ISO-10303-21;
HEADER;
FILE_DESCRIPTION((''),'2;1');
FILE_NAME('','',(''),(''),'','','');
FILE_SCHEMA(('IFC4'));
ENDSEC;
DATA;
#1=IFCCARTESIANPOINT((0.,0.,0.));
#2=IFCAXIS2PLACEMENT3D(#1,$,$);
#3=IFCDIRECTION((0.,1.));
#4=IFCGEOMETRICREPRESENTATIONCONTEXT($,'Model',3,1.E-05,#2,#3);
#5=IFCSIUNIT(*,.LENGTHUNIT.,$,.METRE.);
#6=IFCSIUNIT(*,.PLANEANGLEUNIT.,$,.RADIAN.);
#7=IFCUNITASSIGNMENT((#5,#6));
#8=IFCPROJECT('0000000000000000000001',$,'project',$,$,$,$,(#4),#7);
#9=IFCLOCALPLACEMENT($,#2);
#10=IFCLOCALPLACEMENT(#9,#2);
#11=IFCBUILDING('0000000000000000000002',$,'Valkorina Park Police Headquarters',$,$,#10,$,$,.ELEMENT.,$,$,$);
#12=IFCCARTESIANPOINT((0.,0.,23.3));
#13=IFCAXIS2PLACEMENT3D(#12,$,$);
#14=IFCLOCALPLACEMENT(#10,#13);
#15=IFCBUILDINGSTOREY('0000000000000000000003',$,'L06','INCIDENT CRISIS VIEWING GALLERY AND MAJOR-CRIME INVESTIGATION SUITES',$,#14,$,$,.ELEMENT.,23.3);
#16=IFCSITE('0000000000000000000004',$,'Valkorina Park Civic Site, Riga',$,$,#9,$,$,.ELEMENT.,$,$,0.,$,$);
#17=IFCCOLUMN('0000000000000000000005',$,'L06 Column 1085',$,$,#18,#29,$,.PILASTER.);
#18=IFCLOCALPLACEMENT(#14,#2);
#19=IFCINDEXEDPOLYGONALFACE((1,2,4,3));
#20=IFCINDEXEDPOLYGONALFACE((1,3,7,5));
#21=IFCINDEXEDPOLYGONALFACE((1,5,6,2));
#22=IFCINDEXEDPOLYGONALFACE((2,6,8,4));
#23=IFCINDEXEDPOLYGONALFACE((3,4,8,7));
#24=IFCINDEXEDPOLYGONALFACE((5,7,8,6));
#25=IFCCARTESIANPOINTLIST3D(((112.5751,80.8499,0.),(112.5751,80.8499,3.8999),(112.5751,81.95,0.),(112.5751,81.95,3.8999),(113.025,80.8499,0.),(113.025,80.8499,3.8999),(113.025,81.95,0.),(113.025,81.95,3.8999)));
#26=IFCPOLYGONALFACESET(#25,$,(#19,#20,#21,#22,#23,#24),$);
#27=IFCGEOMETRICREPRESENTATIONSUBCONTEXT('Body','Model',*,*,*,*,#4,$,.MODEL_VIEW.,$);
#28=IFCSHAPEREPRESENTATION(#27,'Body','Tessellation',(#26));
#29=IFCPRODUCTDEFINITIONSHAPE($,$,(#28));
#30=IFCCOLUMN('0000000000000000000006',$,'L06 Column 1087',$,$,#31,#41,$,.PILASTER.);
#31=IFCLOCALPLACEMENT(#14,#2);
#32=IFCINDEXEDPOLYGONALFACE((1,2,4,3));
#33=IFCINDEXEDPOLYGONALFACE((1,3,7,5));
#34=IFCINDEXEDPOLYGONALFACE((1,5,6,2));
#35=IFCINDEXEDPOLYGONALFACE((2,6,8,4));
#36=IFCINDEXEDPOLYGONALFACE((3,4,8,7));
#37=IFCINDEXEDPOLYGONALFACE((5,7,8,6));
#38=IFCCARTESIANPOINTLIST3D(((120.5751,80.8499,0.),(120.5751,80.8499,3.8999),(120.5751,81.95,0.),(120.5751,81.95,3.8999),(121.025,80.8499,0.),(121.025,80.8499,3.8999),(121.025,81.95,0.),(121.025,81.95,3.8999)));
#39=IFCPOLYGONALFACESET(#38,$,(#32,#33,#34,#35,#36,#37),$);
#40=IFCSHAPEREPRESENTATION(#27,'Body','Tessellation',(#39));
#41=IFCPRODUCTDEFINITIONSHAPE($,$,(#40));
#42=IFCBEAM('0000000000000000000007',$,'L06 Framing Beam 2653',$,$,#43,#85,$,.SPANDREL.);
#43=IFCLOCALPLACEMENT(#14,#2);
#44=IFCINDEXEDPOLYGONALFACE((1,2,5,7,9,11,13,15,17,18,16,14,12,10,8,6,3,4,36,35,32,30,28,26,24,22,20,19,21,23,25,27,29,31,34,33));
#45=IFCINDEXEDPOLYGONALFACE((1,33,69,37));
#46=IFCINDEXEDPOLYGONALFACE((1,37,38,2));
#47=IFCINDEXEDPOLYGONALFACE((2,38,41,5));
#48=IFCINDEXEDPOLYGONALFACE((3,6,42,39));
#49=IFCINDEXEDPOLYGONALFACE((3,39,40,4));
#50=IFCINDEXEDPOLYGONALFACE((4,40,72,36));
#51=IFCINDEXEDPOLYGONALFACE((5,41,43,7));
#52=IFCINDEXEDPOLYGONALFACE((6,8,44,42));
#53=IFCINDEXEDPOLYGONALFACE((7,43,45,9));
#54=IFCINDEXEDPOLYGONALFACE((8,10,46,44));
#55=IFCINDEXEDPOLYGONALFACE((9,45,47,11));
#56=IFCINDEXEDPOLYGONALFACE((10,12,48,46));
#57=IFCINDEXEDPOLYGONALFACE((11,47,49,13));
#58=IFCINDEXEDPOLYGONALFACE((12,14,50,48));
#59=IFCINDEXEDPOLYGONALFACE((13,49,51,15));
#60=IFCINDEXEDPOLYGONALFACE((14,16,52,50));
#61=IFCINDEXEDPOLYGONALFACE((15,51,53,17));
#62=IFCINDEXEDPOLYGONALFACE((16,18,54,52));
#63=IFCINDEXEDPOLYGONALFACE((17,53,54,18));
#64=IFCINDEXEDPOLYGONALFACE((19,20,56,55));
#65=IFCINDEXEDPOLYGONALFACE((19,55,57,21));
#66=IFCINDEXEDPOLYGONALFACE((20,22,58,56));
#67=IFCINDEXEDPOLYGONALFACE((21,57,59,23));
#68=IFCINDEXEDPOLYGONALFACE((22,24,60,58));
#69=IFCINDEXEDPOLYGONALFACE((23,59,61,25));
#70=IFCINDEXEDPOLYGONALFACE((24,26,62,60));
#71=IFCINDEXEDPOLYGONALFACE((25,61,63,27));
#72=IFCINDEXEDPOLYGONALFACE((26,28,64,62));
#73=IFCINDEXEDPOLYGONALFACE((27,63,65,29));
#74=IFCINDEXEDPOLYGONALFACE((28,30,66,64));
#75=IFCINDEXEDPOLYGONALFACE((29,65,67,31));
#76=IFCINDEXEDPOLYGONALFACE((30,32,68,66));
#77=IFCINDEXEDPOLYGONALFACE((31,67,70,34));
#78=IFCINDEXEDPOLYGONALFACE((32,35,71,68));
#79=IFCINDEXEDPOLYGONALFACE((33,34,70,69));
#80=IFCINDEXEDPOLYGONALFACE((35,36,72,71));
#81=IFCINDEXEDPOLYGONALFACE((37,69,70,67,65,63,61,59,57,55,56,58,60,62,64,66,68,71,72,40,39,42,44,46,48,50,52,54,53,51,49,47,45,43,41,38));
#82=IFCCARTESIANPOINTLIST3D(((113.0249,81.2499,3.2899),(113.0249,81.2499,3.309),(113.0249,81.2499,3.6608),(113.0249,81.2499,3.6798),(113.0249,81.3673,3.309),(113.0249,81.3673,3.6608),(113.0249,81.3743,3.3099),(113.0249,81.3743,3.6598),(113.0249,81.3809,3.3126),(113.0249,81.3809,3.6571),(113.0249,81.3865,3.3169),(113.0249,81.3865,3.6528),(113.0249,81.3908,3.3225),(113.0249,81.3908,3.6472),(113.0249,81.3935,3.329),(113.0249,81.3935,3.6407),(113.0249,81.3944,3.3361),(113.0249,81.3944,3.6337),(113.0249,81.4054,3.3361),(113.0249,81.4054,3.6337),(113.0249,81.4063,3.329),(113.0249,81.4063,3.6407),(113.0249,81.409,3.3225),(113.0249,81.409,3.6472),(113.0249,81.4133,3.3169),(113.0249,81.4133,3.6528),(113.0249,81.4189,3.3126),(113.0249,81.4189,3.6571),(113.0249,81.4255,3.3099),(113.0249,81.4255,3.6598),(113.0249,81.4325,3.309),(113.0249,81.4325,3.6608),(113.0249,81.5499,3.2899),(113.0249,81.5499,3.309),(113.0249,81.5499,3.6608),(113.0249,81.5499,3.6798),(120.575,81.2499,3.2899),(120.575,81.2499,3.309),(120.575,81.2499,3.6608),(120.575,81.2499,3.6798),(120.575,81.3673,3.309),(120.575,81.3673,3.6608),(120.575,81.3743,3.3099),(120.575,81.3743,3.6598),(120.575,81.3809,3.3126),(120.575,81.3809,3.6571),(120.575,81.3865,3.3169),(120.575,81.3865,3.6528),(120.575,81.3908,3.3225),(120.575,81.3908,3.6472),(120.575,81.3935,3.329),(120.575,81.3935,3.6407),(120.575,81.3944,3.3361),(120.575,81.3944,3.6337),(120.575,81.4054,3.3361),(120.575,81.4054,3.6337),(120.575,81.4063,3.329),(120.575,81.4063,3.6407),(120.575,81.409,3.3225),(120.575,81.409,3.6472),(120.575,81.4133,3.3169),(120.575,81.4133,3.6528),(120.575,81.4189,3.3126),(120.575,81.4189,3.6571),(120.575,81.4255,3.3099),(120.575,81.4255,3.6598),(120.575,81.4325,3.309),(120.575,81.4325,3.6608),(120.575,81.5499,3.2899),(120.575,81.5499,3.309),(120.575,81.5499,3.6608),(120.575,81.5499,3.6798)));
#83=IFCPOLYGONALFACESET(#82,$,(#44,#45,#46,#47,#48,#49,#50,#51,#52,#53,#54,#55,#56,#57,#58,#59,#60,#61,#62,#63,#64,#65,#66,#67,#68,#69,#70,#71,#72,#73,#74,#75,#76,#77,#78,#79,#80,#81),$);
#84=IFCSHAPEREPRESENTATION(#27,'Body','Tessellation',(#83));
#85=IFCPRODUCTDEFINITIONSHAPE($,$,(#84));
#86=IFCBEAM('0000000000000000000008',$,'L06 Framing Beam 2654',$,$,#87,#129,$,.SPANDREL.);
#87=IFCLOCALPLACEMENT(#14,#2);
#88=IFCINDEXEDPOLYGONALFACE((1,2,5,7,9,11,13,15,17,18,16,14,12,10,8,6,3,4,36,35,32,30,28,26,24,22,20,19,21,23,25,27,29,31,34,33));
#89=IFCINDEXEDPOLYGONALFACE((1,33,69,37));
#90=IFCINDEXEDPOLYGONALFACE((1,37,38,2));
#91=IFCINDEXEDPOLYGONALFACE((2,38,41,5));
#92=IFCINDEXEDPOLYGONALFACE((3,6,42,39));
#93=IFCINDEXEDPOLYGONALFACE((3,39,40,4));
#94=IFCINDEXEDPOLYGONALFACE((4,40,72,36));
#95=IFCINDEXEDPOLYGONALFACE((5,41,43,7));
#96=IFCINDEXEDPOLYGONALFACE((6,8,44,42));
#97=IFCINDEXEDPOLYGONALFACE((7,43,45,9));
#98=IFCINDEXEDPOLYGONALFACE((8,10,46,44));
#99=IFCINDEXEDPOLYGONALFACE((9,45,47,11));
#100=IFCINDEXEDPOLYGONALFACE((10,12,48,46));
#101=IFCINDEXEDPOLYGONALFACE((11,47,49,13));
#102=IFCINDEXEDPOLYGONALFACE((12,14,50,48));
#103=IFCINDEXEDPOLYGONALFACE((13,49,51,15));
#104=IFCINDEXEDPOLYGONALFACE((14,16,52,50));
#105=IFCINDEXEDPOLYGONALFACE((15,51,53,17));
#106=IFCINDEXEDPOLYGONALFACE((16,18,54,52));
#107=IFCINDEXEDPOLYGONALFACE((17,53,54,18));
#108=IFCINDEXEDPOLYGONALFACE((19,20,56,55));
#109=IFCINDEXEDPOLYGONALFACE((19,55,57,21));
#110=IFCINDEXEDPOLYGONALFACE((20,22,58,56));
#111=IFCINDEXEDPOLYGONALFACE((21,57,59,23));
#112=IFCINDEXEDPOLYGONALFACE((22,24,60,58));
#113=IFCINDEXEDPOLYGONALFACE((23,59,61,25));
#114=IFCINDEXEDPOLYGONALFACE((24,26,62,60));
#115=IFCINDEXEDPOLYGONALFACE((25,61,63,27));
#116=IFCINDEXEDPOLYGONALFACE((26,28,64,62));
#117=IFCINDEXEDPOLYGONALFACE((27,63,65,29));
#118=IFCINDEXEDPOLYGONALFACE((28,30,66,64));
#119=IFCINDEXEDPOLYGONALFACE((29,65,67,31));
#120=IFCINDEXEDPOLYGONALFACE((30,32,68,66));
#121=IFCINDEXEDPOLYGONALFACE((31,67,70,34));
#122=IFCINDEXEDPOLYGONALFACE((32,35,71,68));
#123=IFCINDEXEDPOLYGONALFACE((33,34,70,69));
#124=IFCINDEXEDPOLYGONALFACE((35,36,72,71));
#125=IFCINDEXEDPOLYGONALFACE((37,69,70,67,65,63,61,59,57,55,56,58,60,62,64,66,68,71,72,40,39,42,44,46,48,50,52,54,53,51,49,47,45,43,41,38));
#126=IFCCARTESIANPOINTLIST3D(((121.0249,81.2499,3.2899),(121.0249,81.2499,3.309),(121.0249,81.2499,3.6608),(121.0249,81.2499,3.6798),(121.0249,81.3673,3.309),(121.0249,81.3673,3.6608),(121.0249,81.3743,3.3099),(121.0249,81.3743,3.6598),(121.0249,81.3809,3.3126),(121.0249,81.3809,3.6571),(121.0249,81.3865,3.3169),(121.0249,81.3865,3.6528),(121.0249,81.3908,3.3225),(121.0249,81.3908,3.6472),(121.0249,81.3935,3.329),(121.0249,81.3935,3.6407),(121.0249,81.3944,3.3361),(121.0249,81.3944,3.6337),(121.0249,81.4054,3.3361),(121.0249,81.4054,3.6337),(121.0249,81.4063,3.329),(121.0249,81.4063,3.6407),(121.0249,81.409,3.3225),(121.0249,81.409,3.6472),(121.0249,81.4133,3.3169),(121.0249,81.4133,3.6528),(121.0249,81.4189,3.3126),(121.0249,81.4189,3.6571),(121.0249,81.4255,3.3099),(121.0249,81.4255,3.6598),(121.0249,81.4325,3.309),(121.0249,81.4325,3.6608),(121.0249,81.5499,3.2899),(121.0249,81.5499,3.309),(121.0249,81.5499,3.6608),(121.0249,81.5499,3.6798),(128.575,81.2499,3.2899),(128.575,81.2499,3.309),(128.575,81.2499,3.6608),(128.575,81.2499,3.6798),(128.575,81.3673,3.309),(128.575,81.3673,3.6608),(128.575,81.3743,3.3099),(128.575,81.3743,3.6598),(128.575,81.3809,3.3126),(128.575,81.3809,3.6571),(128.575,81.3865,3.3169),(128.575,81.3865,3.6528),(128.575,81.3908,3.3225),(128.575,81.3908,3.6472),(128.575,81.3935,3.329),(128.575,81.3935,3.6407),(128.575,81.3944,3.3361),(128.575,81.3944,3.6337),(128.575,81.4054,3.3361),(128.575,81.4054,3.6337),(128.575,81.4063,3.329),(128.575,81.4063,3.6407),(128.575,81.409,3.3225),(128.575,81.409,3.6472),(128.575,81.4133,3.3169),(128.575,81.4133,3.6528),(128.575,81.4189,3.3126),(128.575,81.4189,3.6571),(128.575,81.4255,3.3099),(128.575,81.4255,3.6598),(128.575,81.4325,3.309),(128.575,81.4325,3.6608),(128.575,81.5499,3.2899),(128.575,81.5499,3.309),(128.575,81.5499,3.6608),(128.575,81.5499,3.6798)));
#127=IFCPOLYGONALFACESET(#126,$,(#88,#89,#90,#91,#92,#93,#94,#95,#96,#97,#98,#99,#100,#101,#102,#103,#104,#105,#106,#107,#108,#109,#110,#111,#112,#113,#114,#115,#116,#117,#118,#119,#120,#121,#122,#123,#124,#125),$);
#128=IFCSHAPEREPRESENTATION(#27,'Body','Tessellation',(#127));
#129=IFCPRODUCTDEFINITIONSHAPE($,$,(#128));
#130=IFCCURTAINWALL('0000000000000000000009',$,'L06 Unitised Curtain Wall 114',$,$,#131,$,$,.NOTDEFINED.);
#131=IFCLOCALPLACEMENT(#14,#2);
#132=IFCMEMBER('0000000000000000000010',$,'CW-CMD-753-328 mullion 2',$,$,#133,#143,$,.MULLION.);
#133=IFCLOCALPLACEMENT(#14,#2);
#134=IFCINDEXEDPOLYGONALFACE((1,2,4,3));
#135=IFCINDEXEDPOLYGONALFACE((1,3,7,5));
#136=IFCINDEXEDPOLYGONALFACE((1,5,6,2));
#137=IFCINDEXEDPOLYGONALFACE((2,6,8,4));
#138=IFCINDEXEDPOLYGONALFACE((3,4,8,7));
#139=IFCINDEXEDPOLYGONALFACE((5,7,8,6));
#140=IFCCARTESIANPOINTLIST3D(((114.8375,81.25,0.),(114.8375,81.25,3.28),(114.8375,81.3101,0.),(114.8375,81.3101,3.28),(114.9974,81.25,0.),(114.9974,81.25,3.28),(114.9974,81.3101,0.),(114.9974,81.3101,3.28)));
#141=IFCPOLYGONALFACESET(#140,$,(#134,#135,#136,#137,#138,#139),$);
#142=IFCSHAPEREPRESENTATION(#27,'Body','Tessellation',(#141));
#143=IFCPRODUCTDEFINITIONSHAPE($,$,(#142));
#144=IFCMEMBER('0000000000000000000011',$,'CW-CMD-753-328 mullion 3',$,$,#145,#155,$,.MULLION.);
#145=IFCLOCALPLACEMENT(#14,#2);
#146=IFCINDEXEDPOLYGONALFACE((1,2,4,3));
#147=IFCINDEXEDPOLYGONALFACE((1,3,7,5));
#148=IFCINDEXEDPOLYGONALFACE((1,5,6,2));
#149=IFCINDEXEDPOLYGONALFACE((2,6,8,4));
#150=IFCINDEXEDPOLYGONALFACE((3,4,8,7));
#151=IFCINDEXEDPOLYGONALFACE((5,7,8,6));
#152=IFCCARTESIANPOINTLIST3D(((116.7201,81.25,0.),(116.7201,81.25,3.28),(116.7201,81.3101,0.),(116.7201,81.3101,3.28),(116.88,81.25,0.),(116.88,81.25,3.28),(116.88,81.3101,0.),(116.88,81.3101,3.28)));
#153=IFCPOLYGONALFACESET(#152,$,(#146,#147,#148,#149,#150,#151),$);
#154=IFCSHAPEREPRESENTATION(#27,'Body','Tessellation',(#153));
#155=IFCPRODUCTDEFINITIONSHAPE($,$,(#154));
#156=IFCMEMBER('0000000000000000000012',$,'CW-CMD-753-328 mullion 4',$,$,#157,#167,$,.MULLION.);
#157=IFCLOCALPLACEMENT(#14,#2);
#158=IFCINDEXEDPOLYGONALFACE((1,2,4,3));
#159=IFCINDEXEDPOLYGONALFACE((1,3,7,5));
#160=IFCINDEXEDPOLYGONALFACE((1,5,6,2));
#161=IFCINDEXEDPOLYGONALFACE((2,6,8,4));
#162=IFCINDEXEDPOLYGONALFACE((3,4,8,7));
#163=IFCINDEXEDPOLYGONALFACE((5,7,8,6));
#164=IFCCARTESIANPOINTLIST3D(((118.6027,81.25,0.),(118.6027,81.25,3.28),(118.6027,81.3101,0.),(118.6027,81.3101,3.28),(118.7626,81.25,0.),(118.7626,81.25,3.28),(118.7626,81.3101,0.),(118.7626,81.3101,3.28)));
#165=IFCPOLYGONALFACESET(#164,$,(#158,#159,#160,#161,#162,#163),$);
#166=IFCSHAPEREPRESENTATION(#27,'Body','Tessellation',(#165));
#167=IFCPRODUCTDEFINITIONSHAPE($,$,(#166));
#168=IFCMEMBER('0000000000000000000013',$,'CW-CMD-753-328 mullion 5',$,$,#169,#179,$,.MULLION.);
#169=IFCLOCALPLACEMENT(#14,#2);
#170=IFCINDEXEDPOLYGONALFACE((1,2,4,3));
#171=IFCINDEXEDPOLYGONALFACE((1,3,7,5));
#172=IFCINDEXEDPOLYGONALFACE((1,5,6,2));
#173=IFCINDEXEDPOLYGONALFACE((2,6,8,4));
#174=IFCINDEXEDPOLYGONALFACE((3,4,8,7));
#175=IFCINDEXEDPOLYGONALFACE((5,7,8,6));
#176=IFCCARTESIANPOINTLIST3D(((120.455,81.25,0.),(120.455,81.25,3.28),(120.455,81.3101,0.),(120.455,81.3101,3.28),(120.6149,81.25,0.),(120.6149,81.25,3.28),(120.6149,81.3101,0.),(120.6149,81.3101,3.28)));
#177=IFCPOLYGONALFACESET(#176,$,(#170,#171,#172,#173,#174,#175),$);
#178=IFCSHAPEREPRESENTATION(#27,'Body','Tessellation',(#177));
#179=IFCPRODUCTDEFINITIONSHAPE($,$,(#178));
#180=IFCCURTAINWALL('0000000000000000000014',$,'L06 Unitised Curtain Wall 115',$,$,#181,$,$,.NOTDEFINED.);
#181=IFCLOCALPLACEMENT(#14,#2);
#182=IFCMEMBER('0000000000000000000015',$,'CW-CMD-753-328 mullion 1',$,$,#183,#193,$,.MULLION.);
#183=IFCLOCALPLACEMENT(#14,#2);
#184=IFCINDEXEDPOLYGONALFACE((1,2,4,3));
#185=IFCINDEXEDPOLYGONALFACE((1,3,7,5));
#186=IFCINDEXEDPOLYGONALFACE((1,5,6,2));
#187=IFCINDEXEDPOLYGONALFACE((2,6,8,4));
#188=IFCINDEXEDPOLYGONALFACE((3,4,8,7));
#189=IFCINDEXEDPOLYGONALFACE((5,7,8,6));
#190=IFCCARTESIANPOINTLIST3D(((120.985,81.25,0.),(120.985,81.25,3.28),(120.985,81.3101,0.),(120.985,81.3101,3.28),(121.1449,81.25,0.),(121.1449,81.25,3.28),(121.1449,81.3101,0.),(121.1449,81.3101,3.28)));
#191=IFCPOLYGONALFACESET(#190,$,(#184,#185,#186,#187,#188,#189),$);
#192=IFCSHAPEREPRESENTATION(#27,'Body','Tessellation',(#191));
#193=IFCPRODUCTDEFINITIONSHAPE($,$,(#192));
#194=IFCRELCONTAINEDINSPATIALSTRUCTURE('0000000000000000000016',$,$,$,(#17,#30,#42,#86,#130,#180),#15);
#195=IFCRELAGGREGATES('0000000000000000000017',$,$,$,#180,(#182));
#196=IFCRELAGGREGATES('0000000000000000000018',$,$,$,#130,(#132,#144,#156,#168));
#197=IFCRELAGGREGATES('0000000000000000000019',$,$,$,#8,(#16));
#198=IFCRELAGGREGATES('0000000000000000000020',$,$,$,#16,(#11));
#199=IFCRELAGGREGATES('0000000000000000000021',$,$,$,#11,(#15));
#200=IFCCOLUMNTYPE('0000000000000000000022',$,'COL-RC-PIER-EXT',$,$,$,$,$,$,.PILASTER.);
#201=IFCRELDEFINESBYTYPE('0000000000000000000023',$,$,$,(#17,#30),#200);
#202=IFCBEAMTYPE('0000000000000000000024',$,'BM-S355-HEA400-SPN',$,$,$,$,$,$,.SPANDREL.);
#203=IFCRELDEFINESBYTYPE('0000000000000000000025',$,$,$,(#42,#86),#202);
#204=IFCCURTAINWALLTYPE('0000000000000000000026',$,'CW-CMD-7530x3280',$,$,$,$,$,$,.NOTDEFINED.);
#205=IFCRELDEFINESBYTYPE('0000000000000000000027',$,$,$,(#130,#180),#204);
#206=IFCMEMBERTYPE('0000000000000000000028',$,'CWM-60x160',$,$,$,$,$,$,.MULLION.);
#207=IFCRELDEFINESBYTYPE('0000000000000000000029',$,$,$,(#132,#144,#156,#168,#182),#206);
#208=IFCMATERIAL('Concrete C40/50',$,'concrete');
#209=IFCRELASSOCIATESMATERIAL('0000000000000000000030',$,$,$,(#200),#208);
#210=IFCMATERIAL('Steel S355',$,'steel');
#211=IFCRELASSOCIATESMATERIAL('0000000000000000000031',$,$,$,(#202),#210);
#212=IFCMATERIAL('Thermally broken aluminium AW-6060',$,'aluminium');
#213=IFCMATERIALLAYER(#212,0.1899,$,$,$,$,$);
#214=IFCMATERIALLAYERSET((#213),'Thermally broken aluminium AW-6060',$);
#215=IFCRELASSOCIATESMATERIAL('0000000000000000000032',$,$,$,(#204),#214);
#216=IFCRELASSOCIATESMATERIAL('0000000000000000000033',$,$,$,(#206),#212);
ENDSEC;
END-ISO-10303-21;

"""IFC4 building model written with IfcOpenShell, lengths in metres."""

from ifc_helpers import new_model, si_unit, direction, frame, origin, origin_2d, place, context, subcontext, project, spatial, rectangle, i_section, extrude, material, layer, layer_set, material_profile, profile_set, type_object, element, aggregate, save


model = new_model("IFC4")

# Units and contexts
model_context = context("Model", 3, precision=1e-05, world=origin(), true_north=direction((0.0, 1.0)))
body_context = subcontext(model_context, "Body", "Model", "MODEL_VIEW")
ifc_project = project(units=[si_unit("LENGTHUNIT", "METRE"), si_unit("PLANEANGLEUNIT", "RADIAN")], contexts=[model_context])

# Site, building, storey
site_placement = place(None, origin())
site = spatial("IfcSite", under=ifc_project, at=site_placement, Name="Valkorina Park Civic Site, Riga", CompositionType="ELEMENT", RefElevation=0.0)
building_placement = place(site_placement, origin())
building = spatial("IfcBuilding", under=site, at=building_placement, Name="Valkorina Park Police Headquarters", CompositionType="ELEMENT")
storey_placement = place(building_placement, frame((0.0, 0.0, 23.3)))
storey = spatial("IfcBuildingStorey", under=building, at=storey_placement, Name="L06", Description="INCIDENT CRISIS VIEWING GALLERY AND MAJOR-CRIME INVESTIGATION SUITES", CompositionType="ELEMENT", Elevation=23.3)

# Columns
ifc_material_1 = material(Name="Concrete C40/50", Category="concrete")
ifc_material_profile_1 = material_profile(ifc_material_1, rectangle(XDim=0.45, YDim=1.1001, at=origin_2d()), Name="RC PIER 450x1100")
ifc_profile_set_1 = profile_set([ifc_material_profile_1], Name="Concrete C40/50")
column_type = type_object("IfcColumnType", Name="COL-RC-PIER-EXT", PredefinedType="PILASTER", material=ifc_profile_set_1)
for number, where, z_axis, x_axis, name in (
    (1, (112.8, 81.3999, 0.0), (0.0, 0.0, 1.0), (1.0, 0.0, 0.0), "L06 Column 1085"),
    (2, (120.8, 81.3999, 0.0), (0.0, 0.0, 1.0), (1.0, 0.0, 0.0), "L06 Column 1087"),
):
    element("IfcColumn", number, at=place(storey_placement, frame(where, z_axis=z_axis, x_axis=x_axis)), inside=storey, type_object=column_type, Name=name, PredefinedType="PILASTER", context=body_context, shape_type="SweptSolid", body=[
        extrude(rectangle(XDim=0.45, YDim=1.1001, at=origin_2d()), origin(), (0.0, 0.0, 1.0), 3.8999),
    ])

# Beams
ifc_material_2 = material(Name="Steel S355", Category="steel")
ifc_material_profile_2 = material_profile(ifc_material_2, i_section(OverallWidth=0.3, OverallDepth=0.3899, WebThickness=0.011, FlangeThickness=0.019, FilletRadius=0.0271, at=origin_2d()), Name="HEA 400")
ifc_profile_set_2 = profile_set([ifc_material_profile_2], Name="Steel S355")
beam_type = type_object("IfcBeamType", Name="BM-S355-HEA400-SPN", PredefinedType="SPANDREL", material=ifc_profile_set_2)
for number, where, z_axis, x_axis, name in (
    (3, (113.0249, 81.3999, 3.4849), (1.0, 0.0, 0.0), (0.0, 1.0, 0.0), "L06 Framing Beam 2653"),
    (4, (121.0249, 81.3999, 3.4849), (1.0, 0.0, 0.0), (0.0, 1.0, 0.0), "L06 Framing Beam 2654"),
):
    element("IfcBeam", number, at=place(storey_placement, frame(where, z_axis=z_axis, x_axis=x_axis)), inside=storey, type_object=beam_type, Name=name, PredefinedType="SPANDREL", context=body_context, shape_type="SweptSolid", body=[
        extrude(i_section(OverallWidth=0.3, OverallDepth=0.3899, WebThickness=0.011, FlangeThickness=0.019, FilletRadius=0.0271, at=origin_2d()), origin(), (0.0, 0.0, 1.0), 7.55),
    ])

# Curtain wall, members
ifc_material_3 = material(Name="Thermally broken aluminium AW-6060", Category="aluminium")
ifc_layer_1 = layer(ifc_material_3, 0.1899)
ifc_layer_set_1 = layer_set([ifc_layer_1], Name="Thermally broken aluminium AW-6060")
curtain_wall_type = type_object("IfcCurtainWallType", Name="CW-CMD-7530x3280", PredefinedType="NOTDEFINED", material=ifc_layer_set_1)
curtain_wall_1_placement = place(storey_placement, origin())
curtain_wall_1 = element("IfcCurtainWall", 5, at=curtain_wall_1_placement, inside=storey, type_object=curtain_wall_type, Name="L06 Unitised Curtain Wall 114", PredefinedType="NOTDEFINED")
ifc_material_profile_3 = material_profile(ifc_material_3, rectangle(XDim=0.0601, YDim=0.1599, at=origin_2d()), Name="CWM-01 60x160")
ifc_profile_set_3 = profile_set([ifc_material_profile_3], Name="Thermally broken aluminium AW-6060")
member_type_1 = type_object("IfcMemberType", Name="CWM-60x160", PredefinedType="MULLION", material=ifc_profile_set_3)
member_1_placement = place(storey_placement, frame((114.9175, 81.28, 0.0), z_axis=(0.0, 0.0, 1.0), x_axis=(0.0, 1.0, 0.0)))
member_1 = element("IfcMember", 6, at=member_1_placement, type_object=member_type_1, Name="CW-CMD-753-328 mullion 2", PredefinedType="MULLION", context=body_context, shape_type="SweptSolid", body=[
    extrude(rectangle(XDim=0.0601, YDim=0.1599, at=origin_2d()), origin(), (0.0, 0.0, 1.0), 3.28),
])
member_2_placement = place(storey_placement, frame((116.8, 81.28, 0.0), z_axis=(0.0, 0.0, 1.0), x_axis=(0.0, 1.0, 0.0)))
member_2 = element("IfcMember", 7, at=member_2_placement, type_object=member_type_1, Name="CW-CMD-753-328 mullion 3", PredefinedType="MULLION", context=body_context, shape_type="SweptSolid", body=[
    extrude(rectangle(XDim=0.0601, YDim=0.1599, at=origin_2d()), origin(), (0.0, 0.0, 1.0), 3.28),
])
member_3_placement = place(storey_placement, frame((118.6826, 81.28, 0.0), z_axis=(0.0, 0.0, 1.0), x_axis=(0.0, 1.0, 0.0)))
member_3 = element("IfcMember", 8, at=member_3_placement, type_object=member_type_1, Name="CW-CMD-753-328 mullion 4", PredefinedType="MULLION", context=body_context, shape_type="SweptSolid", body=[
    extrude(rectangle(XDim=0.0601, YDim=0.1599, at=origin_2d()), origin(), (0.0, 0.0, 1.0), 3.28),
])
member_4_placement = place(storey_placement, frame((120.5349, 81.28, 0.0), z_axis=(0.0, 0.0, 1.0), x_axis=(0.0, 1.0, 0.0)))
member_4 = element("IfcMember", 9, at=member_4_placement, type_object=member_type_1, Name="CW-CMD-753-328 mullion 5", PredefinedType="MULLION", context=body_context, shape_type="SweptSolid", body=[
    extrude(rectangle(XDim=0.0601, YDim=0.1599, at=origin_2d()), origin(), (0.0, 0.0, 1.0), 3.28),
])

# Curtain wall, member
curtain_wall_2_placement = place(storey_placement, origin())
curtain_wall_2 = element("IfcCurtainWall", 10, at=curtain_wall_2_placement, inside=storey, type_object=curtain_wall_type, Name="L06 Unitised Curtain Wall 115", PredefinedType="NOTDEFINED")
member_5_placement = place(storey_placement, frame((121.0649, 81.28, 0.0), z_axis=(0.0, 0.0, 1.0), x_axis=(0.0, 1.0, 0.0)))
member_5 = element("IfcMember", 11, at=member_5_placement, type_object=member_type_1, Name="CW-CMD-753-328 mullion 1", PredefinedType="MULLION", context=body_context, shape_type="SweptSolid", body=[
    extrude(rectangle(XDim=0.0601, YDim=0.1599, at=origin_2d()), origin(), (0.0, 0.0, 1.0), 3.28),
])
aggregate(curtain_wall_2, [member_5])

aggregate(curtain_wall_1, [member_1, member_2, member_3, member_4])

save(model, "model.ifc")
